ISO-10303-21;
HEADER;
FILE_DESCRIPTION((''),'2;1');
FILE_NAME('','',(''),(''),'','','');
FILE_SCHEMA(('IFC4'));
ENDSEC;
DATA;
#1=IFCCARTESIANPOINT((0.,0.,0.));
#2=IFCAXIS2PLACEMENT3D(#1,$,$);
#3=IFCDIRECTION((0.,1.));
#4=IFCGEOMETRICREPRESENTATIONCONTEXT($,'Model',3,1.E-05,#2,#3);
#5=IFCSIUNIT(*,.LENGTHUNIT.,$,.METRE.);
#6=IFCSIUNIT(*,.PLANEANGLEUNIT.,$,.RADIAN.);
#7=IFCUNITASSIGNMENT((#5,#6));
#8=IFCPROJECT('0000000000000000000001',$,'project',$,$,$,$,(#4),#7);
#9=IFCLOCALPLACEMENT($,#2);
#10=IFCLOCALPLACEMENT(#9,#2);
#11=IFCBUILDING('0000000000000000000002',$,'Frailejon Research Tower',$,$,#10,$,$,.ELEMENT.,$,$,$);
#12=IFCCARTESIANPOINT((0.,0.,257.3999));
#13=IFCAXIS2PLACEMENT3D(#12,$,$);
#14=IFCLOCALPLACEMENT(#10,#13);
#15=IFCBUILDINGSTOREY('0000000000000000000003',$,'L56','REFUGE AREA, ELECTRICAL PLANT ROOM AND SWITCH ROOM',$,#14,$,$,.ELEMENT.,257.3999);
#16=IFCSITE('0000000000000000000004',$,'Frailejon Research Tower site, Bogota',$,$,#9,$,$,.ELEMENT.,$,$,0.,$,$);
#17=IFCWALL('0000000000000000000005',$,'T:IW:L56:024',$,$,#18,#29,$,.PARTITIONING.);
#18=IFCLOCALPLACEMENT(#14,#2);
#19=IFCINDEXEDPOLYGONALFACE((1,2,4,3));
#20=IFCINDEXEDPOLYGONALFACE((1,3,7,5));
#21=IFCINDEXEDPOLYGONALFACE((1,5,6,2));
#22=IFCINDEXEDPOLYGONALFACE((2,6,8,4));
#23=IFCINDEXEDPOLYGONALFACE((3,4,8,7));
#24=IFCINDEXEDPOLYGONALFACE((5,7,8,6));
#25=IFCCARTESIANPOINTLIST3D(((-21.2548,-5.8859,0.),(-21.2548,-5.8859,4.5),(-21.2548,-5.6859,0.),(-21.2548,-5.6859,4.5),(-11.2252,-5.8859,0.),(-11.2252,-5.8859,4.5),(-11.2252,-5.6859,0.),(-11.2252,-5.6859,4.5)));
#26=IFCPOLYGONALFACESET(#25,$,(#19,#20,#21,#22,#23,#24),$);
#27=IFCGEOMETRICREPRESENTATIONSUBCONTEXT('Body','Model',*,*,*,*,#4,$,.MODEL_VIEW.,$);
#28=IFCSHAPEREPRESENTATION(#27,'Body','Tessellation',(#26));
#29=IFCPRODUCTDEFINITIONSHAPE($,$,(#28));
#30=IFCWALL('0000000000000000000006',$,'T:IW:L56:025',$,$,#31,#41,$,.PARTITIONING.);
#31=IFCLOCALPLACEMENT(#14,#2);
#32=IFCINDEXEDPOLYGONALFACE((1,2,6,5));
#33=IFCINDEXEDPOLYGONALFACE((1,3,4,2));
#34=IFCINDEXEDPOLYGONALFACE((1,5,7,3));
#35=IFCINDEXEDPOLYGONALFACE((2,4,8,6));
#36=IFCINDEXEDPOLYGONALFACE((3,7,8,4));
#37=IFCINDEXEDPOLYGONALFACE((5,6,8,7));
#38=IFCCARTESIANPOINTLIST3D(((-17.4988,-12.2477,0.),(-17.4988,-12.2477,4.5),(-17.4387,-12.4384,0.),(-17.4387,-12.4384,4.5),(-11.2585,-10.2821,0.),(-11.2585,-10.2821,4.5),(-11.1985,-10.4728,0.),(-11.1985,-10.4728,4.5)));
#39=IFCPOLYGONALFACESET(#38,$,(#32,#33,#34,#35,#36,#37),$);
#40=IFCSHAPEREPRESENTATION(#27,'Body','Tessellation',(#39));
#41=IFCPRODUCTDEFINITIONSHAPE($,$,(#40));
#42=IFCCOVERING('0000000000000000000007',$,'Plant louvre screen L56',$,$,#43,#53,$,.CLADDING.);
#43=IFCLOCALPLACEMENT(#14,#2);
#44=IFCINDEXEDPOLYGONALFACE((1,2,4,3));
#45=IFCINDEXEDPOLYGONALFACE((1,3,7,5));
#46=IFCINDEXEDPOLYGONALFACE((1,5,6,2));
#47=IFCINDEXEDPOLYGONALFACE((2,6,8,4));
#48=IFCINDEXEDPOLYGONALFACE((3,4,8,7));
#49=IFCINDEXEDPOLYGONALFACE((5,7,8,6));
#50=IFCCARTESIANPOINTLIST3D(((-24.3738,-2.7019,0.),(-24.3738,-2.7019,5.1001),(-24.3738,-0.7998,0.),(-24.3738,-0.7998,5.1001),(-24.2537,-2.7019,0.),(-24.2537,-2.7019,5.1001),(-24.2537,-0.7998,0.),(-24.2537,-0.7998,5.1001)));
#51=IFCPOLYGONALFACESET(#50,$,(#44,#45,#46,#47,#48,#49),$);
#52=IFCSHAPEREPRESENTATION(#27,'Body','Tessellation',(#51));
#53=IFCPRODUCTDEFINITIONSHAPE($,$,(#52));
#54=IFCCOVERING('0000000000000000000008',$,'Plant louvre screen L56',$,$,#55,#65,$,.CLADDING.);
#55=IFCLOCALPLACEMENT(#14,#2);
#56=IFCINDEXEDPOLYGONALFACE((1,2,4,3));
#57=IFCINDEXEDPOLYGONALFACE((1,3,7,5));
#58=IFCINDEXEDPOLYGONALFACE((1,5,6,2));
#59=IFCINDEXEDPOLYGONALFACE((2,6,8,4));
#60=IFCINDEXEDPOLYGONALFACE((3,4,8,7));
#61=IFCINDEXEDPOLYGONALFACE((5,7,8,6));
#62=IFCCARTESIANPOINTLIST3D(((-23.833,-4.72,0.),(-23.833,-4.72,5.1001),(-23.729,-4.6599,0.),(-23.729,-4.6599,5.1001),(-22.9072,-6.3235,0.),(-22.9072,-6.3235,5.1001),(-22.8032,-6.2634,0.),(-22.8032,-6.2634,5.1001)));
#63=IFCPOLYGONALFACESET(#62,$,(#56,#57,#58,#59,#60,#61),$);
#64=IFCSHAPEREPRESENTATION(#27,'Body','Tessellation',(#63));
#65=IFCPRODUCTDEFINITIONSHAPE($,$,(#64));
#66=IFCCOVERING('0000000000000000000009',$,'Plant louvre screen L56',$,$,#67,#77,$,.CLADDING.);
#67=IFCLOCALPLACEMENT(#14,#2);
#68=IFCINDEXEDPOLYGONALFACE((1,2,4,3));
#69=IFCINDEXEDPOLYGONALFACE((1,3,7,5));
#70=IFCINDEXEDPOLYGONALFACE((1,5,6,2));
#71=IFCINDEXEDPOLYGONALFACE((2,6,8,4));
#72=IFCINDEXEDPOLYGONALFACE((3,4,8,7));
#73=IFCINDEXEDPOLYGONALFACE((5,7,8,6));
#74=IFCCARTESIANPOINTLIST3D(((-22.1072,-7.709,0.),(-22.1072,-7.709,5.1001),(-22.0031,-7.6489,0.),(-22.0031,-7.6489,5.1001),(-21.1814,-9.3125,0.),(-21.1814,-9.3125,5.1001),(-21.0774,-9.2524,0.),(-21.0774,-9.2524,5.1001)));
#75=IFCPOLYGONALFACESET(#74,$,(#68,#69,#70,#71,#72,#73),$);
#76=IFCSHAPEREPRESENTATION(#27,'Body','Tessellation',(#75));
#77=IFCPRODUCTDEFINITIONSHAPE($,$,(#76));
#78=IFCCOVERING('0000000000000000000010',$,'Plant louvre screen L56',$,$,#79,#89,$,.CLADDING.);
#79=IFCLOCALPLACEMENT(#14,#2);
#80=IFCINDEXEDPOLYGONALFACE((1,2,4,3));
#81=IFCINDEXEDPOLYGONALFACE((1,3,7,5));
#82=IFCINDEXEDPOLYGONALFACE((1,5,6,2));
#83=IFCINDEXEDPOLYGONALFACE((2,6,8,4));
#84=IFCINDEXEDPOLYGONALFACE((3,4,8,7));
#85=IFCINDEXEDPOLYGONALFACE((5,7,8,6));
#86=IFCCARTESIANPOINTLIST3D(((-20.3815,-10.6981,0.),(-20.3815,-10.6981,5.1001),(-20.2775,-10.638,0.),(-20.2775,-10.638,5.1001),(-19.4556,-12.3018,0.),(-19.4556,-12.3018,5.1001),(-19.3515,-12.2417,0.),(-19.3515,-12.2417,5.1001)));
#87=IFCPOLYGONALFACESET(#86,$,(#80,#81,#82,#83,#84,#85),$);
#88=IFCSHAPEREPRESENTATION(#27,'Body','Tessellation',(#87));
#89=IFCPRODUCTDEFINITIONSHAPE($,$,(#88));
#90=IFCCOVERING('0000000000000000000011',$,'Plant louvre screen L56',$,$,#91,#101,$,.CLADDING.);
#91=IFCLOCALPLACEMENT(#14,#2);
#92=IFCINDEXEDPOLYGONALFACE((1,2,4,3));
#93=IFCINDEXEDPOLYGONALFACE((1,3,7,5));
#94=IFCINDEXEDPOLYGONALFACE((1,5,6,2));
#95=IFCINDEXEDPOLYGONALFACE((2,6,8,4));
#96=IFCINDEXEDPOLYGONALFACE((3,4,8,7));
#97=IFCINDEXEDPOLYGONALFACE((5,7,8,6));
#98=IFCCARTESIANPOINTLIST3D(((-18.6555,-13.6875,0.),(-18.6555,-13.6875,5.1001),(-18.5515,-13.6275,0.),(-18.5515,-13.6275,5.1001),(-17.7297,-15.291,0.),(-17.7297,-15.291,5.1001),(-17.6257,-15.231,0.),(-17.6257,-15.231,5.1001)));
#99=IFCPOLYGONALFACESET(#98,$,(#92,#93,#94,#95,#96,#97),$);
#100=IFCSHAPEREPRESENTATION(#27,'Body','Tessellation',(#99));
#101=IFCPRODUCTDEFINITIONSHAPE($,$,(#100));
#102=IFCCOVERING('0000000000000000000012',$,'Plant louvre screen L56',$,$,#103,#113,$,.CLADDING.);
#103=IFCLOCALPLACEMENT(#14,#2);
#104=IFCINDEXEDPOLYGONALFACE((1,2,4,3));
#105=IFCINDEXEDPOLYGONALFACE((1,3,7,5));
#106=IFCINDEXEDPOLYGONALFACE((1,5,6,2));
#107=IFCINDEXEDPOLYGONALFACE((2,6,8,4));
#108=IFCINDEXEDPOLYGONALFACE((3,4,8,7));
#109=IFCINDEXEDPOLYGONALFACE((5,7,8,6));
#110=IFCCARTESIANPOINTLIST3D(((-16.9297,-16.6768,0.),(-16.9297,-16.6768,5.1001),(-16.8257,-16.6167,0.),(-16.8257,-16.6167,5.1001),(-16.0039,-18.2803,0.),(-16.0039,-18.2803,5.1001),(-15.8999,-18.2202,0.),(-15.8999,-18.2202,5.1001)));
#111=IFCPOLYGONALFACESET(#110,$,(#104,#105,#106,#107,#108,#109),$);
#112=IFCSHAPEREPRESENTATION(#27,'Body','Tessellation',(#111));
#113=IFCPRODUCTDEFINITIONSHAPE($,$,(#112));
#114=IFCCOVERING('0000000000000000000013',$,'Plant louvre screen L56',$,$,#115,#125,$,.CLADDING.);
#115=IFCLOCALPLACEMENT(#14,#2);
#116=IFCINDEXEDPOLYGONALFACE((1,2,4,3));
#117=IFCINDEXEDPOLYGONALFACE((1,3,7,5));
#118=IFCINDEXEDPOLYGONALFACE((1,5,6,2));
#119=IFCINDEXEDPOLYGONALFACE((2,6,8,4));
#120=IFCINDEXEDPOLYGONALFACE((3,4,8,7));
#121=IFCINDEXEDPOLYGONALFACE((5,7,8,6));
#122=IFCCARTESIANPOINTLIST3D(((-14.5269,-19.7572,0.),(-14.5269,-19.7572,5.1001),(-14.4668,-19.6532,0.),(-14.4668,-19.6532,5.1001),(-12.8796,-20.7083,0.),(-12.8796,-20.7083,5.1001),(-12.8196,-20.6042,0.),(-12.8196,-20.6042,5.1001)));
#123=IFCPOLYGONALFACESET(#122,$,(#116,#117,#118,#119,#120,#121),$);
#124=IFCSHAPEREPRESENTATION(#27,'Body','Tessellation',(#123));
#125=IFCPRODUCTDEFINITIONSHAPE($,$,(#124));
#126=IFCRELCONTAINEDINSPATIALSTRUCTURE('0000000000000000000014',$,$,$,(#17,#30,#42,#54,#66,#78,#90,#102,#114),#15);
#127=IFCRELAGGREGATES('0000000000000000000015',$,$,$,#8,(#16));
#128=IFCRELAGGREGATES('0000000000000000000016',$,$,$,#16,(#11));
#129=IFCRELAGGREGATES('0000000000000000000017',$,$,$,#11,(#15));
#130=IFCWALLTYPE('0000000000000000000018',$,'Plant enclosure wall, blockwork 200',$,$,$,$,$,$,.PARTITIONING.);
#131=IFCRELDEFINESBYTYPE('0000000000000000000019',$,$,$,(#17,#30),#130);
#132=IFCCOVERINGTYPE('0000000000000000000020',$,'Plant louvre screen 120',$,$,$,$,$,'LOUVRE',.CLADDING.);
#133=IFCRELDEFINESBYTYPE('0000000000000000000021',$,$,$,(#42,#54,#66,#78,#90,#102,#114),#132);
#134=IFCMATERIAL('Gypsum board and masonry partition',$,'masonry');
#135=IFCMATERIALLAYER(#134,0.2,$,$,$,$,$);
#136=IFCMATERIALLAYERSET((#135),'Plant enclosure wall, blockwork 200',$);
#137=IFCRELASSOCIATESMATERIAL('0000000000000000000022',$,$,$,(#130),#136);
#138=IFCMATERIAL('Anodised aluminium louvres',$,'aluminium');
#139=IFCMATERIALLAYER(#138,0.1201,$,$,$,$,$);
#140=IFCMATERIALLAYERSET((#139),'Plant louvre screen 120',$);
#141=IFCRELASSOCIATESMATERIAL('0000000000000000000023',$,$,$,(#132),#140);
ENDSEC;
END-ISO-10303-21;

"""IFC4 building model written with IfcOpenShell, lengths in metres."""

from ifc_helpers import new_model, si_unit, direction, frame, frame_2d, origin, place, context, subcontext, project, spatial, polyline, rectangle, outline, extrude, material, layer, layer_set, type_object, element, save


model = new_model("IFC4")

# Units and contexts
model_context = context("Model", 3, precision=1e-05, world=origin(), true_north=direction((0.0, 1.0)))
body_context = subcontext(model_context, "Body", "Model", "MODEL_VIEW")
ifc_project = project(units=[si_unit("LENGTHUNIT", "METRE"), si_unit("PLANEANGLEUNIT", "RADIAN")], contexts=[model_context])

# Site, building, storey
site_placement = place(None, origin())
site = spatial("IfcSite", under=ifc_project, at=site_placement, Name="Frailejon Research Tower site, Bogota", CompositionType="ELEMENT", RefElevation=0.0)
building_placement = place(site_placement, origin())
building = spatial("IfcBuilding", under=site, at=building_placement, Name="Frailejon Research Tower", CompositionType="ELEMENT")
storey_placement = place(building_placement, frame((0.0, 0.0, 257.3999)))
storey = spatial("IfcBuildingStorey", under=building, at=storey_placement, Name="L56", Description="REFUGE AREA, ELECTRICAL PLANT ROOM AND SWITCH ROOM", CompositionType="ELEMENT", Elevation=257.3999)

# Walls
ifc_material_1 = material(Name="Gypsum board and masonry partition", Category="masonry")
ifc_layer_1 = layer(ifc_material_1, 0.2)
ifc_layer_set_1 = layer_set([ifc_layer_1], Name="Plant enclosure wall, blockwork 200")
wall_type_1 = type_object("IfcWallType", Name="Plant enclosure wall, blockwork 200", PredefinedType="PARTITIONING", material=ifc_layer_set_1)
wall_1_placement = place(storey_placement, frame((-21.2546, -5.7859, 0.0), z_axis=(0.0, 0.0, 1.0), x_axis=(1.0, 0.0, 0.0)))
element("IfcWall", 1, at=wall_1_placement, inside=storey, type_object=wall_type_1, Name="T:IW:L56:024", PredefinedType="PARTITIONING", context=body_context, shape_type="SweptSolid", body=[
    extrude(rectangle(XDim=10.0295, YDim=0.2, at=frame_2d((5.0146, 0.0))), origin(), (0.0, 0.0, 1.0), 4.5),
])
wall_2_placement = place(storey_placement, frame((-17.4688, -12.343, 0.0), z_axis=(0.0, 0.0, 1.0), x_axis=(0.953803, 0.300433, 0.0)))
element("IfcWall", 2, at=wall_2_placement, inside=storey, type_object=wall_type_1, Name="T:IW:L56:025", PredefinedType="PARTITIONING", context=body_context, shape_type="SweptSolid", body=[
    extrude(rectangle(XDim=6.5425, YDim=0.2, at=frame_2d((3.2712, 0.0))), origin(), (0.0, 0.0, 1.0), 4.5),
])

# Coverings
ifc_material_2 = material(Name="Anodised aluminium louvres", Category="aluminium")
ifc_layer_2 = layer(ifc_material_2, 0.1201)
ifc_layer_set_2 = layer_set([ifc_layer_2], Name="Plant louvre screen 120")
covering_type = type_object("IfcCoveringType", Name="Plant louvre screen 120", ElementType="LOUVRE", PredefinedType="CLADDING", material=ifc_layer_set_2)
covering_1_placement = place(storey_placement, frame((-24.3738, -2.7019, 0.0), z_axis=(0.0, 1.0, 0.0), x_axis=(-1.0, 0.0, 0.0)))
element("IfcCovering", 3, at=covering_1_placement, inside=storey, type_object=covering_type, Name="Plant louvre screen L56", PredefinedType="CLADDING", context=body_context, shape_type="SweptSolid", body=[
    extrude(outline(polyline([(-0.1201, 0.0), (0.0, 0.0), (0.0, 5.1001), (-0.1201, 5.1001), (-0.1201, 0.0)])), origin(), (0.0, 0.0, 1.0), 1.9021),
])
for number, where, z_axis, x_axis, name in (
    (4, (-22.9072, -6.3235, 0.0), (-0.499997, 0.866027, 0.0), (-0.866027, -0.499997, 0.0), "Plant louvre screen L56"),
    (5, (-21.1814, -9.3125, 0.0), (-0.499997, 0.866027, 0.0), (-0.866027, -0.499997, 0.0), "Plant louvre screen L56"),
):
    element("IfcCovering", number, at=place(storey_placement, frame(where, z_axis=z_axis, x_axis=x_axis)), inside=storey, type_object=covering_type, Name=name, PredefinedType="CLADDING", context=body_context, shape_type="SweptSolid", body=[
        extrude(outline(polyline([(-0.1201, 0.0), (0.0, 0.0), (0.0, 5.1001), (-0.1201, 5.1001), (-0.1201, 0.0)])), origin(), (0.0, 0.0, 1.0), 1.8516),
    ])
covering_2_placement = place(storey_placement, frame((-19.4556, -12.3018, 0.0), z_axis=(-0.500018, 0.866015, 0.0), x_axis=(-0.866015, -0.500018, 0.0)))
element("IfcCovering", 6, at=covering_2_placement, inside=storey, type_object=covering_type, Name="Plant louvre screen L56", PredefinedType="CLADDING", context=body_context, shape_type="SweptSolid", body=[
    extrude(outline(polyline([(-0.1201, 0.0), (0.0, 0.0), (0.0, 5.1001), (-0.1201, 5.1001), (-0.1201, 0.0)])), origin(), (0.0, 0.0, 1.0), 1.8518),
])
for number, where, z_axis, x_axis, name in (
    (7, (-17.7297, -15.291, 0.0), (-0.499997, 0.866027, 0.0), (-0.866027, -0.499997, 0.0), "Plant louvre screen L56"),
    (8, (-16.0039, -18.2803, 0.0), (-0.499997, 0.866027, 0.0), (-0.866027, -0.499997, 0.0), "Plant louvre screen L56"),
):
    element("IfcCovering", number, at=place(storey_placement, frame(where, z_axis=z_axis, x_axis=x_axis)), inside=storey, type_object=covering_type, Name=name, PredefinedType="CLADDING", context=body_context, shape_type="SweptSolid", body=[
        extrude(outline(polyline([(-0.1201, 0.0), (0.0, 0.0), (0.0, 5.1001), (-0.1201, 5.1001), (-0.1201, 0.0)])), origin(), (0.0, 0.0, 1.0), 1.8516),
    ])
covering_3_placement = place(storey_placement, frame((-12.8796, -20.7083, 0.0), z_axis=(-0.866024, 0.500003, 0.0), x_axis=(-0.500003, -0.866024, 0.0)))
element("IfcCovering", 9, at=covering_3_placement, inside=storey, type_object=covering_type, Name="Plant louvre screen L56", PredefinedType="CLADDING", context=body_context, shape_type="SweptSolid", body=[
    extrude(outline(polyline([(-0.1201, 0.0), (0.0, 0.0), (0.0, 5.1001), (-0.1201, 5.1001), (-0.1201, 0.0)])), origin(), (0.0, 0.0, 1.0), 1.9021),
])

save(model, "model.ifc")
